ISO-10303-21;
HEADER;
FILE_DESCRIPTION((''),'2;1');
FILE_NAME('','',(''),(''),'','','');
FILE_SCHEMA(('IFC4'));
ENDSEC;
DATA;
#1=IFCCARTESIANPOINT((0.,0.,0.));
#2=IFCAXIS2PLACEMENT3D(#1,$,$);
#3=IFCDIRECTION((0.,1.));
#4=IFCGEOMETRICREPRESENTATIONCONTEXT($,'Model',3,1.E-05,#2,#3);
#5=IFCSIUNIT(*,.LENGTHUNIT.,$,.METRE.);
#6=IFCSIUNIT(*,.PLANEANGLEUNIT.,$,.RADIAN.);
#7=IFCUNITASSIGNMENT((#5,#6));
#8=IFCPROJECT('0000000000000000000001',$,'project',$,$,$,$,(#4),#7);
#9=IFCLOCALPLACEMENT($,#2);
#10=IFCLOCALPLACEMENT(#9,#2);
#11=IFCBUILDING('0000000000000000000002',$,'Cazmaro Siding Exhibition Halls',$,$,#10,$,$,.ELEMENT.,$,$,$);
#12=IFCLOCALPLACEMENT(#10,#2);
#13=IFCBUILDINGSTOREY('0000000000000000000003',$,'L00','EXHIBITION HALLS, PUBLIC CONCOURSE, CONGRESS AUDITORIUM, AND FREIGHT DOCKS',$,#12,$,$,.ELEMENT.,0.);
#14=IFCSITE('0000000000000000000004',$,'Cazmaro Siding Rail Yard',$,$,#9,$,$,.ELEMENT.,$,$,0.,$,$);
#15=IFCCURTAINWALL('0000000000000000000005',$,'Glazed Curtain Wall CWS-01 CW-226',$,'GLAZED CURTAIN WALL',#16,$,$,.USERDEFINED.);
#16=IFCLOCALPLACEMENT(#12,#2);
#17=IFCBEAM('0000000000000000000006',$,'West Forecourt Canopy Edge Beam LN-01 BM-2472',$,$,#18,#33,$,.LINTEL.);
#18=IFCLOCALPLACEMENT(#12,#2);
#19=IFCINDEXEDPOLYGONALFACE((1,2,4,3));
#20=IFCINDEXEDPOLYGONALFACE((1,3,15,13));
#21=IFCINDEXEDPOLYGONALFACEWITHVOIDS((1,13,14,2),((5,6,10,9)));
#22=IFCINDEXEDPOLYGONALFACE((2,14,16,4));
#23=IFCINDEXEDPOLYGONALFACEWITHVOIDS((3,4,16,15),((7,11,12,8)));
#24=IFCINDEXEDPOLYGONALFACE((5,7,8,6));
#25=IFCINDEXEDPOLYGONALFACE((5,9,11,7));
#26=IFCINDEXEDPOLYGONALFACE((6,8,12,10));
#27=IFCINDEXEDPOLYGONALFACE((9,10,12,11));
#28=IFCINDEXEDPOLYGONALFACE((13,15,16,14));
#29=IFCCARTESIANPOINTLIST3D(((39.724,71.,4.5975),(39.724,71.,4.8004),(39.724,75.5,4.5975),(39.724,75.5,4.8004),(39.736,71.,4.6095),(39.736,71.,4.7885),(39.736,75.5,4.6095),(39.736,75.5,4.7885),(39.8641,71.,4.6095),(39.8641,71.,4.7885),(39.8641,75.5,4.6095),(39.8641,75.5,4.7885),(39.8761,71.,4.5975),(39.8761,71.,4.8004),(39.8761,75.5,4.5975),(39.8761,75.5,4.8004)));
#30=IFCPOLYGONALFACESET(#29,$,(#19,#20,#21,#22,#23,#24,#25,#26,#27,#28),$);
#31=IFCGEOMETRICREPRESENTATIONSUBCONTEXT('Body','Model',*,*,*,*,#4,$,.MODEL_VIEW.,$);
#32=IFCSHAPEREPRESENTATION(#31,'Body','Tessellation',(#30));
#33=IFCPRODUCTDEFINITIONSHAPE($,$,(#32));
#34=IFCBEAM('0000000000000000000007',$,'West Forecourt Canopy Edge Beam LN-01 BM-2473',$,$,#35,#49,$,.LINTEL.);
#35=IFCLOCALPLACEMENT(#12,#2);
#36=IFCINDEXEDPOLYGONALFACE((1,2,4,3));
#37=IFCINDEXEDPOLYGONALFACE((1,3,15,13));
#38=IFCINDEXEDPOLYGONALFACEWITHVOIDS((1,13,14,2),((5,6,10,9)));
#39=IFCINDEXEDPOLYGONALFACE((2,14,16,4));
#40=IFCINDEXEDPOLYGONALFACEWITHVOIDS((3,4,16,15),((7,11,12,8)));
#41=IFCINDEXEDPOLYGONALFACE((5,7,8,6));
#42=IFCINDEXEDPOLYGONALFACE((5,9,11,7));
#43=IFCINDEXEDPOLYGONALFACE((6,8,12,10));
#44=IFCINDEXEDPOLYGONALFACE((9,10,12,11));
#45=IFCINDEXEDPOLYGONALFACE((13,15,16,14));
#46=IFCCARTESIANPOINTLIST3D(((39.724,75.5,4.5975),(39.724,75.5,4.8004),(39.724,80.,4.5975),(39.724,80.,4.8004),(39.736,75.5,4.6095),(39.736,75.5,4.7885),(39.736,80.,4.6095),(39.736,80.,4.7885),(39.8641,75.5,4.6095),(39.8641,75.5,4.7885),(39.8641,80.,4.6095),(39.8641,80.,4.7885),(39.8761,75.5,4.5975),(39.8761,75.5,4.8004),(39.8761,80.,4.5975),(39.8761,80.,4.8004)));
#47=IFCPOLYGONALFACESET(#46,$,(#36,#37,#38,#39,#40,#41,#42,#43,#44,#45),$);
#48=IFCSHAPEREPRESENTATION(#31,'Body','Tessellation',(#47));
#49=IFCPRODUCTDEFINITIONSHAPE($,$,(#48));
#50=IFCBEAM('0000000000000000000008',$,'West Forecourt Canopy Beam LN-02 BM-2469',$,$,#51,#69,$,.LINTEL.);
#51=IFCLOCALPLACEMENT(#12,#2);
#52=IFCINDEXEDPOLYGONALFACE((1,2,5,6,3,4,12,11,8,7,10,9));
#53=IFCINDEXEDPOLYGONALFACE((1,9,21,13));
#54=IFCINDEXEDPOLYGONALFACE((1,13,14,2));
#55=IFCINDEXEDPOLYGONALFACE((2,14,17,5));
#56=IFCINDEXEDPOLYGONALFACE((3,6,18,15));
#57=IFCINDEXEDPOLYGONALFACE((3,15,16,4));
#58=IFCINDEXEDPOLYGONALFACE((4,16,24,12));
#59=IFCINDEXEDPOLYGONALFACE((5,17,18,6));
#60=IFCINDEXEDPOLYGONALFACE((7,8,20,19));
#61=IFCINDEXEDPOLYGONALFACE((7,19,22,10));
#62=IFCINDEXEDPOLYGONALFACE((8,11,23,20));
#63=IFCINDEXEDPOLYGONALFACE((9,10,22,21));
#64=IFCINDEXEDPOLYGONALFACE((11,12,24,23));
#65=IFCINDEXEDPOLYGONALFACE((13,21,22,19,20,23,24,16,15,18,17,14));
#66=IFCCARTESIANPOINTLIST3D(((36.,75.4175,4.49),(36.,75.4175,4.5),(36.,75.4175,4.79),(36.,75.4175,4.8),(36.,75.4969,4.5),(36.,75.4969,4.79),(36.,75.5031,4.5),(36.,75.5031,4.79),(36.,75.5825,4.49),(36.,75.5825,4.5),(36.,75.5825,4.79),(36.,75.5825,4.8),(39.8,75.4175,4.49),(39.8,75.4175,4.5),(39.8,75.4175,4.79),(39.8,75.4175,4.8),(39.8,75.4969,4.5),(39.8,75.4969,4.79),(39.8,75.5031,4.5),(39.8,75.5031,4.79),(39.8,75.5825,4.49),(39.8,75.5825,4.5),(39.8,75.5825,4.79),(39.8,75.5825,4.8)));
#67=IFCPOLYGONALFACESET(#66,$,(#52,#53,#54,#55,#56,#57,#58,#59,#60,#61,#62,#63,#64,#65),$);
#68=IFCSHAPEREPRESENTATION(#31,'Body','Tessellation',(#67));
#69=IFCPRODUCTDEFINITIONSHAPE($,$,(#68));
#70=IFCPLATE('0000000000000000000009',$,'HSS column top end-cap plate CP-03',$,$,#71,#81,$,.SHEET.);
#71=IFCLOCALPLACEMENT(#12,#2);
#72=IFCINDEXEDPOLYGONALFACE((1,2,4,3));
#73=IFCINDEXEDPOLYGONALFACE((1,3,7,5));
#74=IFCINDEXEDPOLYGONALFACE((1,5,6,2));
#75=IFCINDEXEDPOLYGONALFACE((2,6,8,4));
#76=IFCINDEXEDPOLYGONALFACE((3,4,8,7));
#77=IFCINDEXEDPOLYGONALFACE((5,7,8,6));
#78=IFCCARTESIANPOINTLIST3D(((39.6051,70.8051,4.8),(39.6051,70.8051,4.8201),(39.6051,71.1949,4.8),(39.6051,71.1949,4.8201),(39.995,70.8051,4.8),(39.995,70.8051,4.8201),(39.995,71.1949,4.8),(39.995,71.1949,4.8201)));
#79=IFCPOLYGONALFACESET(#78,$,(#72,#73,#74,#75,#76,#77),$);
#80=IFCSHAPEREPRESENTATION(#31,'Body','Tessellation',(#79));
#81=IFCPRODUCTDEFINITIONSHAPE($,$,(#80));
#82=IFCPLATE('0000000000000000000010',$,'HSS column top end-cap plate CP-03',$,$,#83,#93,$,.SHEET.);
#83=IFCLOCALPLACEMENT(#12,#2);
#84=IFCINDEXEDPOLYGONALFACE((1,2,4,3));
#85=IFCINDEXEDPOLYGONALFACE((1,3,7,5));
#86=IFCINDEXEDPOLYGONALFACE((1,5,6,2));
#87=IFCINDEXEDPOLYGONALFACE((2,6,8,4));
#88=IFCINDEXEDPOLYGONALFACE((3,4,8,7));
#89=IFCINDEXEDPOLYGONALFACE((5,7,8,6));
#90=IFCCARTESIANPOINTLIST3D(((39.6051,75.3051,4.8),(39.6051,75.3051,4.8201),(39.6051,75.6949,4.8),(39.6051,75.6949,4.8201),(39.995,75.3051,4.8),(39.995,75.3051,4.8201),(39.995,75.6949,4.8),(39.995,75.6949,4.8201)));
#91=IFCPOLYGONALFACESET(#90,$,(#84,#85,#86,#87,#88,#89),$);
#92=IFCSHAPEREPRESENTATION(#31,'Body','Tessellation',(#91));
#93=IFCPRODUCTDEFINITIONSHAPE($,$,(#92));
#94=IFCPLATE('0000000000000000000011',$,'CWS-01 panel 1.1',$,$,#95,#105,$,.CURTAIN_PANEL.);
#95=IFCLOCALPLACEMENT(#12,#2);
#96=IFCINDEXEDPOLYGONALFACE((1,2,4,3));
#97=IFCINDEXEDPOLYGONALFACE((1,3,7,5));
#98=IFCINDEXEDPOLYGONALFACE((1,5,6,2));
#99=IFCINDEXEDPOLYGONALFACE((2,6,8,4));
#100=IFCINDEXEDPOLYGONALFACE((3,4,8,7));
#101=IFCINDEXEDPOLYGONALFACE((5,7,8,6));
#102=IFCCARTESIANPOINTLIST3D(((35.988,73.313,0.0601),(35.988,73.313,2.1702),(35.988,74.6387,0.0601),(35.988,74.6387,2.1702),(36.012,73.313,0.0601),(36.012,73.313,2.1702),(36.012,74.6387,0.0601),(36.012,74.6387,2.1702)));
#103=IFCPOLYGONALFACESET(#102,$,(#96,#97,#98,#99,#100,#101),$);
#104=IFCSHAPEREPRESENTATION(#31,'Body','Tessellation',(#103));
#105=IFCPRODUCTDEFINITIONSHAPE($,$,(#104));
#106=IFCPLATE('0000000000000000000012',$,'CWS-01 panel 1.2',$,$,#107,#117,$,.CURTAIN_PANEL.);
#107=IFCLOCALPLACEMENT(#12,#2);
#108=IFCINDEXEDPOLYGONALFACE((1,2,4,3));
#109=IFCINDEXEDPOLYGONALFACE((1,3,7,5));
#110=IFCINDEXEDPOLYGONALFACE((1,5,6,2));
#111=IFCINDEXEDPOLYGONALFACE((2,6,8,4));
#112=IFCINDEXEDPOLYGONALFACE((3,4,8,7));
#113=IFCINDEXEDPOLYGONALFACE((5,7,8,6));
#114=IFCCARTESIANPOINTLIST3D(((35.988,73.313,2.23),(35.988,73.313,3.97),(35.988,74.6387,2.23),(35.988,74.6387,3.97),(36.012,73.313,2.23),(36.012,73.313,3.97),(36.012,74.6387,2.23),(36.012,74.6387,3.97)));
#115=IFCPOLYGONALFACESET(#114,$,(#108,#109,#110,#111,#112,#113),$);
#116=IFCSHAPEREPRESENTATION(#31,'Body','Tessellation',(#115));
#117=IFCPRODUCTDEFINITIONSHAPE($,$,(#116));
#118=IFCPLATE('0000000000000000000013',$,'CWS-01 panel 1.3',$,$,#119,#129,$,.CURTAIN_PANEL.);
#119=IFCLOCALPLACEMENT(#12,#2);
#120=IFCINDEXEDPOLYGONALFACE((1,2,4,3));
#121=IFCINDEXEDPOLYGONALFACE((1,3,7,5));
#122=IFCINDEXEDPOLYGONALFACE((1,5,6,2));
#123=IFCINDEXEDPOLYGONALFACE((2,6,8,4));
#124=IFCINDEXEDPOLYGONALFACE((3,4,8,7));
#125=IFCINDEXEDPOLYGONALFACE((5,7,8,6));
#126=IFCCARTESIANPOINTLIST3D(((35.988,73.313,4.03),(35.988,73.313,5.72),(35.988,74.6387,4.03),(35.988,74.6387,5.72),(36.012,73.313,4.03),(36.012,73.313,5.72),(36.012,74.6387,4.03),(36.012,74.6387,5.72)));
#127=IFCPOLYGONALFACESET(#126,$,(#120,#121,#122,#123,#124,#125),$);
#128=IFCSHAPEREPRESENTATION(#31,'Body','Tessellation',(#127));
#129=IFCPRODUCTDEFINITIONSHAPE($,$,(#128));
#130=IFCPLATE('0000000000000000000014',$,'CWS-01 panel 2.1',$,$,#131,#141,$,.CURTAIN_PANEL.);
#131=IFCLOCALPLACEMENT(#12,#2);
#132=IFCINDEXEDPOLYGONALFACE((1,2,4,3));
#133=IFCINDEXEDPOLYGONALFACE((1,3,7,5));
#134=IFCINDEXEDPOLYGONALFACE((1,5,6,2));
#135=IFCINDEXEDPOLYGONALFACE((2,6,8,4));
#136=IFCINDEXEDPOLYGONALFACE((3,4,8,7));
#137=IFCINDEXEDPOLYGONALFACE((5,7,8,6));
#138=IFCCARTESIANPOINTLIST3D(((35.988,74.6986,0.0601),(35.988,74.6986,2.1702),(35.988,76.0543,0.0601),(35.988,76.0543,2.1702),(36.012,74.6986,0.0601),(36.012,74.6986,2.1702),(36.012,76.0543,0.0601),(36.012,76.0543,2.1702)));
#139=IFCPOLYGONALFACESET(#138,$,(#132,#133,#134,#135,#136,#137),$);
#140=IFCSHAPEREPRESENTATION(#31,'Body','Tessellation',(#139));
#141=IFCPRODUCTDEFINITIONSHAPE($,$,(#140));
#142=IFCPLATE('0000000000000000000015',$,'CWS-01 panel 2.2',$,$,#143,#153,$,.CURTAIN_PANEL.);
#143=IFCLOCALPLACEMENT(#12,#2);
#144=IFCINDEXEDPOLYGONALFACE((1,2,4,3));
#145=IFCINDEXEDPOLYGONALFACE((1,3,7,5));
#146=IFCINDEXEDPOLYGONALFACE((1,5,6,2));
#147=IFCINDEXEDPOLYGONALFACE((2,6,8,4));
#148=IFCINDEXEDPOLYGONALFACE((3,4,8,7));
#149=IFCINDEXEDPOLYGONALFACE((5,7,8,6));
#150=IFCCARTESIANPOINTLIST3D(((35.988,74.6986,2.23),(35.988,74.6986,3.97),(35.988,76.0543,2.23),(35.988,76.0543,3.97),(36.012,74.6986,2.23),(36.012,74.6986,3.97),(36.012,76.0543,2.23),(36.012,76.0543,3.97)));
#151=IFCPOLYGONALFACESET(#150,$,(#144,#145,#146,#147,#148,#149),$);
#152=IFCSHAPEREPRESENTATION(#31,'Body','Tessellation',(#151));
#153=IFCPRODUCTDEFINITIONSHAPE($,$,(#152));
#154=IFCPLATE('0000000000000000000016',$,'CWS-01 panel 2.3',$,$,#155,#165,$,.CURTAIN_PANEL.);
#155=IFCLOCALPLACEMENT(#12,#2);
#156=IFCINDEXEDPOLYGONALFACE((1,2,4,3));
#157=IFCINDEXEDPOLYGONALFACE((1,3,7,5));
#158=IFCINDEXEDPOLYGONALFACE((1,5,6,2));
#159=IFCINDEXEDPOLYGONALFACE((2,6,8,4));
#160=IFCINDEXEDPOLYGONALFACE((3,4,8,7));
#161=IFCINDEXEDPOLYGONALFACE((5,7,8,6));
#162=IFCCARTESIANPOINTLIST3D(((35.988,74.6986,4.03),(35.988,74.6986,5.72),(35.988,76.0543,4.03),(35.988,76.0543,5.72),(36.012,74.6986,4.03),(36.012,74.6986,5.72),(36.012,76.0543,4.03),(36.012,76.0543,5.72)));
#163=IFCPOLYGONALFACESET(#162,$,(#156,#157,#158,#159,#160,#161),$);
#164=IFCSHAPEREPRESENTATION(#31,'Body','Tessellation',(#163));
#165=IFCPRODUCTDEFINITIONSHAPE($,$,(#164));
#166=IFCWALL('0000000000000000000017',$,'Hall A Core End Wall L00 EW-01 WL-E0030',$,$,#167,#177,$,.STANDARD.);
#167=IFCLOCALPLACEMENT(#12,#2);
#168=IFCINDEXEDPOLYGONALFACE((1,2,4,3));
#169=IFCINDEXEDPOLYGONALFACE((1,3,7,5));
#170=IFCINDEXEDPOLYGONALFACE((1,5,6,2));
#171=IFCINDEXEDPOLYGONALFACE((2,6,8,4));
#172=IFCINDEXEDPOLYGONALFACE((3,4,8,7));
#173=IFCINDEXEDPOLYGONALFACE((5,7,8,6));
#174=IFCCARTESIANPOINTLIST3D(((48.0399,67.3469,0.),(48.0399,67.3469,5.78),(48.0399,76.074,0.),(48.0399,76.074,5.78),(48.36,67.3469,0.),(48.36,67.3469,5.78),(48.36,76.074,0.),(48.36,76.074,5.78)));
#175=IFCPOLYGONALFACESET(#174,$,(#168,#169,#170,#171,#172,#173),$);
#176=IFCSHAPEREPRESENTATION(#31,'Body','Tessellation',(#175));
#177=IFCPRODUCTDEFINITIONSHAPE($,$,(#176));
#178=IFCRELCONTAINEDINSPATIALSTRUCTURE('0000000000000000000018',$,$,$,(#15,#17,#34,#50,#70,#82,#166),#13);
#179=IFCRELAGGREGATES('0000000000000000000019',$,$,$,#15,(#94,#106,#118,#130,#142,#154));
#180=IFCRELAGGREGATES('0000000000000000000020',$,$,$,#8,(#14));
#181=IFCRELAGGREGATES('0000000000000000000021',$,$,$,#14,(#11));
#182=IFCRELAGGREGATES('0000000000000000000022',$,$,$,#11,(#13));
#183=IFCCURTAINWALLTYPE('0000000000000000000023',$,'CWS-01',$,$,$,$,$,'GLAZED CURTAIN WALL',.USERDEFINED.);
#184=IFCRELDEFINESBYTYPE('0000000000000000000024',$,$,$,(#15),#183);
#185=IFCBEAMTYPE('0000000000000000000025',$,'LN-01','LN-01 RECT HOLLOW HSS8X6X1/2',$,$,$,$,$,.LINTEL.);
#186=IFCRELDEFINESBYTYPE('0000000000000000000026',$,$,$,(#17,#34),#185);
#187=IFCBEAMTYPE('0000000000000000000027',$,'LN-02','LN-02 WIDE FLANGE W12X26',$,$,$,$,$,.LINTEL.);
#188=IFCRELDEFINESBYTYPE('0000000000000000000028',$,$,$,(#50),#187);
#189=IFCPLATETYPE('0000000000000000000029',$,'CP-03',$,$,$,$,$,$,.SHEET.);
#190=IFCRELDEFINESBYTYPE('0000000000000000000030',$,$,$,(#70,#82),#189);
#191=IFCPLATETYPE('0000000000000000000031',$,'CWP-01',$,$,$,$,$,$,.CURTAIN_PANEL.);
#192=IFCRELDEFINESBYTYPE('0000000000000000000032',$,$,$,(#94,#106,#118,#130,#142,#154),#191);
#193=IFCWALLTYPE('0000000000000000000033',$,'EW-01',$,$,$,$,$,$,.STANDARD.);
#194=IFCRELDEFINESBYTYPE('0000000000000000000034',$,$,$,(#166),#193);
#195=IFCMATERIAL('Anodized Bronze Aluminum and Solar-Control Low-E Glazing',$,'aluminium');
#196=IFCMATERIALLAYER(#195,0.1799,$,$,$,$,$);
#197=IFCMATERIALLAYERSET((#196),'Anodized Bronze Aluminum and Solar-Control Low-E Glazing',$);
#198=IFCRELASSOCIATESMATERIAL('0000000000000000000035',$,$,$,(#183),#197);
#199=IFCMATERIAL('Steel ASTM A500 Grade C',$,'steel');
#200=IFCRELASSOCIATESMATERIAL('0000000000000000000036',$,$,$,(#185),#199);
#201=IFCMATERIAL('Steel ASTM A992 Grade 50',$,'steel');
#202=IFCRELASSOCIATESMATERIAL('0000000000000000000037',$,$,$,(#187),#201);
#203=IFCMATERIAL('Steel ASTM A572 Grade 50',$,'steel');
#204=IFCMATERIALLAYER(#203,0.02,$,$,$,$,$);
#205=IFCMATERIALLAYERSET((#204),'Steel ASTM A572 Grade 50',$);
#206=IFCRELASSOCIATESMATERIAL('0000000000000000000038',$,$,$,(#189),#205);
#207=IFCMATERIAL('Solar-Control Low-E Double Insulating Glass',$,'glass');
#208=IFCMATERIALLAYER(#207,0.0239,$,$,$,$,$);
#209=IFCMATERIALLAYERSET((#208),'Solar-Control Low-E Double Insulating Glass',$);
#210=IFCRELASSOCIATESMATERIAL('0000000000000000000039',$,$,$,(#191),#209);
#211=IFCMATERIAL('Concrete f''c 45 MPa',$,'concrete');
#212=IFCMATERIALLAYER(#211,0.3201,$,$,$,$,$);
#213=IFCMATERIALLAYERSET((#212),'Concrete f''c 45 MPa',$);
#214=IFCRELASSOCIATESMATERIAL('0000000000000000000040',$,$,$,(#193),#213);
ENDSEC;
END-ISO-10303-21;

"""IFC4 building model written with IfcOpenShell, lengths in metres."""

from ifc_helpers import new_model, si_unit, direction, frame, frame_2d, origin, origin_2d, place, context, subcontext, project, spatial, rectangle, hollow_rectangle, i_section, extrude, material, layer, layer_set, material_profile, profile_set, type_object, element, aggregate, save


model = new_model("IFC4")

# Units and contexts
model_context = context("Model", 3, precision=1e-05, world=origin(), true_north=direction((0.0, 1.0)))
body_context = subcontext(model_context, "Body", "Model", "MODEL_VIEW")
ifc_project = project(units=[si_unit("LENGTHUNIT", "METRE"), si_unit("PLANEANGLEUNIT", "RADIAN")], contexts=[model_context])

# Site, building, storey
site_placement = place(None, origin())
site = spatial("IfcSite", under=ifc_project, at=site_placement, Name="Cazmaro Siding Rail Yard", CompositionType="ELEMENT", RefElevation=0.0)
building_placement = place(site_placement, origin())
building = spatial("IfcBuilding", under=site, at=building_placement, Name="Cazmaro Siding Exhibition Halls", CompositionType="ELEMENT")
storey_placement = place(building_placement, origin())
storey = spatial("IfcBuildingStorey", under=building, at=storey_placement, Name="L00", Description="EXHIBITION HALLS, PUBLIC CONCOURSE, CONGRESS AUDITORIUM, AND FREIGHT DOCKS", CompositionType="ELEMENT", Elevation=0.0)

# Curtain wall
ifc_material_1 = material(Name="Anodized Bronze Aluminum and Solar-Control Low-E Glazing", Category="aluminium")
ifc_layer_1 = layer(ifc_material_1, 0.1799)
ifc_layer_set_1 = layer_set([ifc_layer_1], Name="Anodized Bronze Aluminum and Solar-Control Low-E Glazing")
curtain_wall_type = type_object("IfcCurtainWallType", Name="CWS-01", ElementType="GLAZED CURTAIN WALL", PredefinedType="USERDEFINED", material=ifc_layer_set_1)
curtain_wall_placement = place(storey_placement, origin())
curtain_wall = element("IfcCurtainWall", 1, at=curtain_wall_placement, inside=storey, type_object=curtain_wall_type, Name="Glazed Curtain Wall CWS-01 CW-226", ObjectType="GLAZED CURTAIN WALL", PredefinedType="USERDEFINED")

# Beams
ifc_material_2 = material(Name="Steel ASTM A500 Grade C", Category="steel")
ifc_material_profile_1 = material_profile(ifc_material_2, hollow_rectangle(XDim=0.1521, YDim=0.2029, WallThickness=0.012, at=origin_2d()), Name="HSS8X6X1/2")
ifc_profile_set_1 = profile_set([ifc_material_profile_1], Name="Steel ASTM A500 Grade C")
beam_type_1 = type_object("IfcBeamType", Name="LN-01", Description="LN-01 RECT HOLLOW HSS8X6X1/2", PredefinedType="LINTEL", material=ifc_profile_set_1)
for number, where, z_axis, x_axis, name in (
    (2, (39.8, 71.0, 4.699), (0.0, 1.0, 0.0), (-1.0, 0.0, 0.0), "West Forecourt Canopy Edge Beam LN-01 BM-2472"),
    (3, (39.8, 75.5, 4.699), (0.0, 1.0, 0.0), (-1.0, 0.0, 0.0), "West Forecourt Canopy Edge Beam LN-01 BM-2473"),
):
    element("IfcBeam", number, at=place(storey_placement, frame(where, z_axis=z_axis, x_axis=x_axis)), inside=storey, type_object=beam_type_1, Name=name, PredefinedType="LINTEL", context=body_context, shape_type="SweptSolid", body=[
        extrude(hollow_rectangle(XDim=0.1521, YDim=0.2029, WallThickness=0.012, at=origin_2d()), origin(), (0.0, 0.0, 1.0), 4.5),
    ])
ifc_material_3 = material(Name="Steel ASTM A992 Grade 50", Category="steel")
ifc_material_profile_2 = material_profile(ifc_material_3, i_section(OverallWidth=0.165, OverallDepth=0.3101, WebThickness=0.0061, FlangeThickness=0.01, at=origin_2d()), Name="W12X26")
ifc_profile_set_2 = profile_set([ifc_material_profile_2], Name="Steel ASTM A992 Grade 50")
beam_type_2 = type_object("IfcBeamType", Name="LN-02", Description="LN-02 WIDE FLANGE W12X26", PredefinedType="LINTEL", material=ifc_profile_set_2)
beam_placement = place(storey_placement, frame((36.0, 75.5, 4.645), z_axis=(1.0, 0.0, 0.0), x_axis=(0.0, 1.0, 0.0)))
element("IfcBeam", 4, at=beam_placement, inside=storey, type_object=beam_type_2, Name="West Forecourt Canopy Beam LN-02 BM-2469", PredefinedType="LINTEL", context=body_context, shape_type="SweptSolid", body=[
    extrude(i_section(OverallWidth=0.165, OverallDepth=0.3101, WebThickness=0.0061, FlangeThickness=0.01, at=origin_2d()), origin(), (0.0, 0.0, 1.0), 3.8),
])

# Plates
ifc_material_4 = material(Name="Steel ASTM A572 Grade 50", Category="steel")
ifc_layer_2 = layer(ifc_material_4, 0.02)
ifc_layer_set_2 = layer_set([ifc_layer_2], Name="Steel ASTM A572 Grade 50")
plate_type_1 = type_object("IfcPlateType", Name="CP-03", PredefinedType="SHEET", material=ifc_layer_set_2)
for number, where, z_axis, x_axis, name in (
    (5, (39.8, 71.0, 4.8), (0.0, 0.0, 1.0), (1.0, 0.0, 0.0), "HSS column top end-cap plate CP-03"),
    (6, (39.8, 75.5, 4.8), (0.0, 0.0, 1.0), (1.0, 0.0, 0.0), "HSS column top end-cap plate CP-03"),
):
    element("IfcPlate", number, at=place(storey_placement, frame(where, z_axis=z_axis, x_axis=x_axis)), inside=storey, type_object=plate_type_1, Name=name, PredefinedType="SHEET", context=body_context, shape_type="SweptSolid", body=[
        extrude(rectangle(XDim=0.3899, YDim=0.3899, at=origin_2d()), origin(), (0.0, 0.0, 1.0), 0.02),
    ])

# Plates
ifc_material_5 = material(Name="Solar-Control Low-E Double Insulating Glass", Category="glass")
ifc_layer_3 = layer(ifc_material_5, 0.0239)
ifc_layer_set_3 = layer_set([ifc_layer_3], Name="Solar-Control Low-E Double Insulating Glass")
plate_type_2 = type_object("IfcPlateType", Name="CWP-01", PredefinedType="CURTAIN_PANEL", material=ifc_layer_set_3)
plate_1_placement = place(storey_placement, frame((36.0, 73.9758, 0.0601), z_axis=(0.0, 0.0, 1.0), x_axis=(0.0, 1.0, 0.0)))
plate_1 = element("IfcPlate", 7, at=plate_1_placement, type_object=plate_type_2, Name="CWS-01 panel 1.1", PredefinedType="CURTAIN_PANEL", context=body_context, shape_type="SweptSolid", body=[
    extrude(rectangle(XDim=1.3257, YDim=0.0239, at=origin_2d()), origin(), (0.0, 0.0, 1.0), 2.1101),
])
plate_2_placement = place(storey_placement, frame((36.0, 73.9758, 2.23), z_axis=(0.0, 0.0, 1.0), x_axis=(0.0, 1.0, 0.0)))
plate_2 = element("IfcPlate", 8, at=plate_2_placement, type_object=plate_type_2, Name="CWS-01 panel 1.2", PredefinedType="CURTAIN_PANEL", context=body_context, shape_type="SweptSolid", body=[
    extrude(rectangle(XDim=1.3257, YDim=0.0239, at=origin_2d()), origin(), (0.0, 0.0, 1.0), 1.74),
])
plate_3_placement = place(storey_placement, frame((36.0, 73.9758, 4.03), z_axis=(0.0, 0.0, 1.0), x_axis=(0.0, 1.0, 0.0)))
plate_3 = element("IfcPlate", 9, at=plate_3_placement, type_object=plate_type_2, Name="CWS-01 panel 1.3", PredefinedType="CURTAIN_PANEL", context=body_context, shape_type="SweptSolid", body=[
    extrude(rectangle(XDim=1.3257, YDim=0.0239, at=origin_2d()), origin(), (0.0, 0.0, 1.0), 1.6899),
])
plate_4_placement = place(storey_placement, frame((36.0, 75.3765, 0.0601), z_axis=(0.0, 0.0, 1.0), x_axis=(0.0, 1.0, 0.0)))
plate_4 = element("IfcPlate", 10, at=plate_4_placement, type_object=plate_type_2, Name="CWS-01 panel 2.1", PredefinedType="CURTAIN_PANEL", context=body_context, shape_type="SweptSolid", body=[
    extrude(rectangle(XDim=1.3557, YDim=0.0239, at=origin_2d()), origin(), (0.0, 0.0, 1.0), 2.1101),
])
plate_5_placement = place(storey_placement, frame((36.0, 75.3765, 2.23), z_axis=(0.0, 0.0, 1.0), x_axis=(0.0, 1.0, 0.0)))
plate_5 = element("IfcPlate", 11, at=plate_5_placement, type_object=plate_type_2, Name="CWS-01 panel 2.2", PredefinedType="CURTAIN_PANEL", context=body_context, shape_type="SweptSolid", body=[
    extrude(rectangle(XDim=1.3557, YDim=0.0239, at=origin_2d()), origin(), (0.0, 0.0, 1.0), 1.74),
])
plate_6_placement = place(storey_placement, frame((36.0, 75.3765, 4.03), z_axis=(0.0, 0.0, 1.0), x_axis=(0.0, 1.0, 0.0)))
plate_6 = element("IfcPlate", 12, at=plate_6_placement, type_object=plate_type_2, Name="CWS-01 panel 2.3", PredefinedType="CURTAIN_PANEL", context=body_context, shape_type="SweptSolid", body=[
    extrude(rectangle(XDim=1.3557, YDim=0.0239, at=origin_2d()), origin(), (0.0, 0.0, 1.0), 1.6899),
])
aggregate(curtain_wall, [plate_1, plate_2, plate_3, plate_4, plate_5, plate_6])

# Wall
ifc_material_6 = material(Name="Concrete f'c 45 MPa", Category="concrete")
ifc_layer_4 = layer(ifc_material_6, 0.3201)
ifc_layer_set_4 = layer_set([ifc_layer_4], Name="Concrete f'c 45 MPa")
wall_type = type_object("IfcWallType", Name="EW-01", PredefinedType="STANDARD", material=ifc_layer_set_4)
wall_placement = place(storey_placement, frame((48.2, 67.3469, 0.0), z_axis=(0.0, 0.0, 1.0), x_axis=(0.0, 1.0, 0.0)))
element("IfcWall", 13, at=wall_placement, inside=storey, type_object=wall_type, Name="Hall A Core End Wall L00 EW-01 WL-E0030", PredefinedType="STANDARD", context=body_context, shape_type="SweptSolid", body=[
    extrude(rectangle(XDim=8.7271, YDim=0.3201, at=frame_2d((4.3635, 0.0))), origin(), (0.0, 0.0, 1.0), 5.78),
])

save(model, "model.ifc")
